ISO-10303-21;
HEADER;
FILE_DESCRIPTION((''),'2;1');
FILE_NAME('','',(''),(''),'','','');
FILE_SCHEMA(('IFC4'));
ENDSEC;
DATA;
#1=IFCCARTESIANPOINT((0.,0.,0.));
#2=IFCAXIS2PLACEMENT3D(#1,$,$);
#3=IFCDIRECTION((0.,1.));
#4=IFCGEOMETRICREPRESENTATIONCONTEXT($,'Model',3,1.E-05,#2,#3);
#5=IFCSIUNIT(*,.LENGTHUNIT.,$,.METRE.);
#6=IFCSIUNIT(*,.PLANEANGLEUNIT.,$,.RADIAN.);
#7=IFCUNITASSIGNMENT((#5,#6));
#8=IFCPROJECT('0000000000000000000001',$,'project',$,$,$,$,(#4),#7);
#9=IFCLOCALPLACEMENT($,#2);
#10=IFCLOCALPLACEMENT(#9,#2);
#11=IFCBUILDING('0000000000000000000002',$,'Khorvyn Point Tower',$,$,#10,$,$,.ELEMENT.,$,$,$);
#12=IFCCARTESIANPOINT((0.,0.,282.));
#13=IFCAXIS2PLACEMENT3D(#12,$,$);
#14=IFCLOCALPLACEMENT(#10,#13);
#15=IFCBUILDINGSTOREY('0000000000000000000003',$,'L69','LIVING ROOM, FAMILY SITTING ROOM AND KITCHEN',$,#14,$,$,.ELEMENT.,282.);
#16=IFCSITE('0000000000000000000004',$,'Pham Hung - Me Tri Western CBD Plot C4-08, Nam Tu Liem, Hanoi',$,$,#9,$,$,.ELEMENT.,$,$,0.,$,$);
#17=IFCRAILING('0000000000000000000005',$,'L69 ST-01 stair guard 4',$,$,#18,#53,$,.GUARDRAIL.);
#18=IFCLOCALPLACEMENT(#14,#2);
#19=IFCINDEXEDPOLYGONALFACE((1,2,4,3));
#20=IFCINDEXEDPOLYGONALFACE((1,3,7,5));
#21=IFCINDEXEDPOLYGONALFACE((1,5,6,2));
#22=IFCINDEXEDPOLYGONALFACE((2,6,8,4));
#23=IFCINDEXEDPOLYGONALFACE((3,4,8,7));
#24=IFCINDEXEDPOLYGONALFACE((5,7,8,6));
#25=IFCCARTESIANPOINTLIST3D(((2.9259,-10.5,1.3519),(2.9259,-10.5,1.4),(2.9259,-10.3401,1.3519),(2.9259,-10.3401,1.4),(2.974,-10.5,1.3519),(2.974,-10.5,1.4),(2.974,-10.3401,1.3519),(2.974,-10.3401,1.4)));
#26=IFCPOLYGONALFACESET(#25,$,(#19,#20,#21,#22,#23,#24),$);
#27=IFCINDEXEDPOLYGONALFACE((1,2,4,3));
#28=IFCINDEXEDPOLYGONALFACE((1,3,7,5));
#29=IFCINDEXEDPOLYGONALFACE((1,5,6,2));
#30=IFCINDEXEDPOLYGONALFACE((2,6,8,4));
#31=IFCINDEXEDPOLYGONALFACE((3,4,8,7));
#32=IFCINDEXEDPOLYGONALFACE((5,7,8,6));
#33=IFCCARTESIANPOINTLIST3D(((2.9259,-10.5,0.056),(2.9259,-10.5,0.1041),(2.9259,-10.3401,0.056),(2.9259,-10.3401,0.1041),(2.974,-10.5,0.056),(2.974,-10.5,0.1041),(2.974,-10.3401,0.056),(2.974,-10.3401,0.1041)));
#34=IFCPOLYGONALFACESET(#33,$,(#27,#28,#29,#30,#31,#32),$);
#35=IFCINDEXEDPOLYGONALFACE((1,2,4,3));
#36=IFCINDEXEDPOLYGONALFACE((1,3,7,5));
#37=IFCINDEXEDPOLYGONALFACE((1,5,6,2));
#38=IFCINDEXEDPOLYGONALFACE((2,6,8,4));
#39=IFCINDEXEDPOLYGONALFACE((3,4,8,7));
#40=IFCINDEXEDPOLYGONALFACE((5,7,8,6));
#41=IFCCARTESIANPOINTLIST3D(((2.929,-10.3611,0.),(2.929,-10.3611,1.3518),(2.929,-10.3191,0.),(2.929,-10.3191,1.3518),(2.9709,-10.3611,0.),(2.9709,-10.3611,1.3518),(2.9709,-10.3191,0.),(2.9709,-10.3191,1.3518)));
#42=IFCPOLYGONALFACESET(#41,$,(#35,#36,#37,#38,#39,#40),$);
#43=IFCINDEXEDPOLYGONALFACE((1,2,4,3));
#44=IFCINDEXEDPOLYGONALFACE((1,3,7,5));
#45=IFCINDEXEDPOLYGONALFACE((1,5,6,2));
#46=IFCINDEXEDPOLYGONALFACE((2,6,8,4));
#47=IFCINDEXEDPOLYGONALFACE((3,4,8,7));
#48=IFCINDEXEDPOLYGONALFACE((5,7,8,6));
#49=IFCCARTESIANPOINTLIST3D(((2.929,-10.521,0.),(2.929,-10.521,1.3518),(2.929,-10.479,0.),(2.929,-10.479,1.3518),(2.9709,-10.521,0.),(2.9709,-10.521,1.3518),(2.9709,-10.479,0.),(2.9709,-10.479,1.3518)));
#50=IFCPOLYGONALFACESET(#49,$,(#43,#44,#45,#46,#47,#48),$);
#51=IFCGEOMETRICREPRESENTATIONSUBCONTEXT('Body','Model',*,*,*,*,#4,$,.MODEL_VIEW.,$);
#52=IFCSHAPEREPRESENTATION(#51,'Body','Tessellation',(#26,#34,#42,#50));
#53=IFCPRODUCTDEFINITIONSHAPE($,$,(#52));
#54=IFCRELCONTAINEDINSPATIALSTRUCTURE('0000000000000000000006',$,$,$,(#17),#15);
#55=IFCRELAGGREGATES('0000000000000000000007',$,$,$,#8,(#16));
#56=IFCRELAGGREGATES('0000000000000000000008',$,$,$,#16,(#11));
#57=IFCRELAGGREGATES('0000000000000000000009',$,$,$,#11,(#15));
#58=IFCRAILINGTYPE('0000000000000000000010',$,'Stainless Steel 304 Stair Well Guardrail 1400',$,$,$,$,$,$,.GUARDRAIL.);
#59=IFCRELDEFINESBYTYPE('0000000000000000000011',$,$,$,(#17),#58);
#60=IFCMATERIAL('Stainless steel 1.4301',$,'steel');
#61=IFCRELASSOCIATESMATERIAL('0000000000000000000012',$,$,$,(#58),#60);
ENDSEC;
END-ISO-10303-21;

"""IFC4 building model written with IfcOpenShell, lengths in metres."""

from ifc_helpers import new_model, si_unit, direction, frame, origin, origin_2d, place, context, subcontext, project, spatial, rectangle, extrude, material, type_object, element, save


model = new_model("IFC4")

# Units and contexts
model_context = context("Model", 3, precision=1e-05, world=origin(), true_north=direction((0.0, 1.0)))
body_context = subcontext(model_context, "Body", "Model", "MODEL_VIEW")
ifc_project = project(units=[si_unit("LENGTHUNIT", "METRE"), si_unit("PLANEANGLEUNIT", "RADIAN")], contexts=[model_context])

# Site, building, storey
site_placement = place(None, origin())
site = spatial("IfcSite", under=ifc_project, at=site_placement, Name="Pham Hung - Me Tri Western CBD Plot C4-08, Nam Tu Liem, Hanoi", CompositionType="ELEMENT", RefElevation=0.0)
building_placement = place(site_placement, origin())
building = spatial("IfcBuilding", under=site, at=building_placement, Name="Khorvyn Point Tower", CompositionType="ELEMENT")
storey_placement = place(building_placement, frame((0.0, 0.0, 282.0)))
storey = spatial("IfcBuildingStorey", under=building, at=storey_placement, Name="L69", Description="LIVING ROOM, FAMILY SITTING ROOM AND KITCHEN", CompositionType="ELEMENT", Elevation=282.0)

# Railing
ifc_material_1 = material(Name="Stainless steel 1.4301", Category="steel")
railing_type_1 = type_object("IfcRailingType", Name="Stainless Steel 304 Stair Well Guardrail 1400", PredefinedType="GUARDRAIL", material=ifc_material_1)
railing_1_placement = place(storey_placement, frame((2.95, -10.3401, 0.0)))
element("IfcRailing", 1, at=railing_1_placement, inside=storey, type_object=railing_type_1, Name="L69 ST-01 stair guard 4", PredefinedType="GUARDRAIL", context=body_context, shape_type="SweptSolid", body=[
    extrude(rectangle(XDim=0.0481, YDim=0.0481, at=origin_2d()), frame((0.0, 0.0, 1.376), z_axis=(0.0, -1.0, 0.0), x_axis=(1.0, 0.0, 0.0)), (0.0, 0.0, 1.0), 0.1599),
    extrude(rectangle(XDim=0.0481, YDim=0.0481, at=origin_2d()), frame((0.0, 0.0, 0.0801), z_axis=(0.0, -1.0, 0.0), x_axis=(1.0, 0.0, 0.0)), (0.0, 0.0, 1.0), 0.1599),
    extrude(rectangle(XDim=0.042, YDim=0.042, at=origin_2d()), origin(), (0.0, 0.0, 1.0), 1.3518),
    extrude(rectangle(XDim=0.042, YDim=0.042, at=origin_2d()), frame((0.0, -0.1599, 0.0)), (0.0, 0.0, 1.0), 1.3518),
])

save(model, "model.ifc")
